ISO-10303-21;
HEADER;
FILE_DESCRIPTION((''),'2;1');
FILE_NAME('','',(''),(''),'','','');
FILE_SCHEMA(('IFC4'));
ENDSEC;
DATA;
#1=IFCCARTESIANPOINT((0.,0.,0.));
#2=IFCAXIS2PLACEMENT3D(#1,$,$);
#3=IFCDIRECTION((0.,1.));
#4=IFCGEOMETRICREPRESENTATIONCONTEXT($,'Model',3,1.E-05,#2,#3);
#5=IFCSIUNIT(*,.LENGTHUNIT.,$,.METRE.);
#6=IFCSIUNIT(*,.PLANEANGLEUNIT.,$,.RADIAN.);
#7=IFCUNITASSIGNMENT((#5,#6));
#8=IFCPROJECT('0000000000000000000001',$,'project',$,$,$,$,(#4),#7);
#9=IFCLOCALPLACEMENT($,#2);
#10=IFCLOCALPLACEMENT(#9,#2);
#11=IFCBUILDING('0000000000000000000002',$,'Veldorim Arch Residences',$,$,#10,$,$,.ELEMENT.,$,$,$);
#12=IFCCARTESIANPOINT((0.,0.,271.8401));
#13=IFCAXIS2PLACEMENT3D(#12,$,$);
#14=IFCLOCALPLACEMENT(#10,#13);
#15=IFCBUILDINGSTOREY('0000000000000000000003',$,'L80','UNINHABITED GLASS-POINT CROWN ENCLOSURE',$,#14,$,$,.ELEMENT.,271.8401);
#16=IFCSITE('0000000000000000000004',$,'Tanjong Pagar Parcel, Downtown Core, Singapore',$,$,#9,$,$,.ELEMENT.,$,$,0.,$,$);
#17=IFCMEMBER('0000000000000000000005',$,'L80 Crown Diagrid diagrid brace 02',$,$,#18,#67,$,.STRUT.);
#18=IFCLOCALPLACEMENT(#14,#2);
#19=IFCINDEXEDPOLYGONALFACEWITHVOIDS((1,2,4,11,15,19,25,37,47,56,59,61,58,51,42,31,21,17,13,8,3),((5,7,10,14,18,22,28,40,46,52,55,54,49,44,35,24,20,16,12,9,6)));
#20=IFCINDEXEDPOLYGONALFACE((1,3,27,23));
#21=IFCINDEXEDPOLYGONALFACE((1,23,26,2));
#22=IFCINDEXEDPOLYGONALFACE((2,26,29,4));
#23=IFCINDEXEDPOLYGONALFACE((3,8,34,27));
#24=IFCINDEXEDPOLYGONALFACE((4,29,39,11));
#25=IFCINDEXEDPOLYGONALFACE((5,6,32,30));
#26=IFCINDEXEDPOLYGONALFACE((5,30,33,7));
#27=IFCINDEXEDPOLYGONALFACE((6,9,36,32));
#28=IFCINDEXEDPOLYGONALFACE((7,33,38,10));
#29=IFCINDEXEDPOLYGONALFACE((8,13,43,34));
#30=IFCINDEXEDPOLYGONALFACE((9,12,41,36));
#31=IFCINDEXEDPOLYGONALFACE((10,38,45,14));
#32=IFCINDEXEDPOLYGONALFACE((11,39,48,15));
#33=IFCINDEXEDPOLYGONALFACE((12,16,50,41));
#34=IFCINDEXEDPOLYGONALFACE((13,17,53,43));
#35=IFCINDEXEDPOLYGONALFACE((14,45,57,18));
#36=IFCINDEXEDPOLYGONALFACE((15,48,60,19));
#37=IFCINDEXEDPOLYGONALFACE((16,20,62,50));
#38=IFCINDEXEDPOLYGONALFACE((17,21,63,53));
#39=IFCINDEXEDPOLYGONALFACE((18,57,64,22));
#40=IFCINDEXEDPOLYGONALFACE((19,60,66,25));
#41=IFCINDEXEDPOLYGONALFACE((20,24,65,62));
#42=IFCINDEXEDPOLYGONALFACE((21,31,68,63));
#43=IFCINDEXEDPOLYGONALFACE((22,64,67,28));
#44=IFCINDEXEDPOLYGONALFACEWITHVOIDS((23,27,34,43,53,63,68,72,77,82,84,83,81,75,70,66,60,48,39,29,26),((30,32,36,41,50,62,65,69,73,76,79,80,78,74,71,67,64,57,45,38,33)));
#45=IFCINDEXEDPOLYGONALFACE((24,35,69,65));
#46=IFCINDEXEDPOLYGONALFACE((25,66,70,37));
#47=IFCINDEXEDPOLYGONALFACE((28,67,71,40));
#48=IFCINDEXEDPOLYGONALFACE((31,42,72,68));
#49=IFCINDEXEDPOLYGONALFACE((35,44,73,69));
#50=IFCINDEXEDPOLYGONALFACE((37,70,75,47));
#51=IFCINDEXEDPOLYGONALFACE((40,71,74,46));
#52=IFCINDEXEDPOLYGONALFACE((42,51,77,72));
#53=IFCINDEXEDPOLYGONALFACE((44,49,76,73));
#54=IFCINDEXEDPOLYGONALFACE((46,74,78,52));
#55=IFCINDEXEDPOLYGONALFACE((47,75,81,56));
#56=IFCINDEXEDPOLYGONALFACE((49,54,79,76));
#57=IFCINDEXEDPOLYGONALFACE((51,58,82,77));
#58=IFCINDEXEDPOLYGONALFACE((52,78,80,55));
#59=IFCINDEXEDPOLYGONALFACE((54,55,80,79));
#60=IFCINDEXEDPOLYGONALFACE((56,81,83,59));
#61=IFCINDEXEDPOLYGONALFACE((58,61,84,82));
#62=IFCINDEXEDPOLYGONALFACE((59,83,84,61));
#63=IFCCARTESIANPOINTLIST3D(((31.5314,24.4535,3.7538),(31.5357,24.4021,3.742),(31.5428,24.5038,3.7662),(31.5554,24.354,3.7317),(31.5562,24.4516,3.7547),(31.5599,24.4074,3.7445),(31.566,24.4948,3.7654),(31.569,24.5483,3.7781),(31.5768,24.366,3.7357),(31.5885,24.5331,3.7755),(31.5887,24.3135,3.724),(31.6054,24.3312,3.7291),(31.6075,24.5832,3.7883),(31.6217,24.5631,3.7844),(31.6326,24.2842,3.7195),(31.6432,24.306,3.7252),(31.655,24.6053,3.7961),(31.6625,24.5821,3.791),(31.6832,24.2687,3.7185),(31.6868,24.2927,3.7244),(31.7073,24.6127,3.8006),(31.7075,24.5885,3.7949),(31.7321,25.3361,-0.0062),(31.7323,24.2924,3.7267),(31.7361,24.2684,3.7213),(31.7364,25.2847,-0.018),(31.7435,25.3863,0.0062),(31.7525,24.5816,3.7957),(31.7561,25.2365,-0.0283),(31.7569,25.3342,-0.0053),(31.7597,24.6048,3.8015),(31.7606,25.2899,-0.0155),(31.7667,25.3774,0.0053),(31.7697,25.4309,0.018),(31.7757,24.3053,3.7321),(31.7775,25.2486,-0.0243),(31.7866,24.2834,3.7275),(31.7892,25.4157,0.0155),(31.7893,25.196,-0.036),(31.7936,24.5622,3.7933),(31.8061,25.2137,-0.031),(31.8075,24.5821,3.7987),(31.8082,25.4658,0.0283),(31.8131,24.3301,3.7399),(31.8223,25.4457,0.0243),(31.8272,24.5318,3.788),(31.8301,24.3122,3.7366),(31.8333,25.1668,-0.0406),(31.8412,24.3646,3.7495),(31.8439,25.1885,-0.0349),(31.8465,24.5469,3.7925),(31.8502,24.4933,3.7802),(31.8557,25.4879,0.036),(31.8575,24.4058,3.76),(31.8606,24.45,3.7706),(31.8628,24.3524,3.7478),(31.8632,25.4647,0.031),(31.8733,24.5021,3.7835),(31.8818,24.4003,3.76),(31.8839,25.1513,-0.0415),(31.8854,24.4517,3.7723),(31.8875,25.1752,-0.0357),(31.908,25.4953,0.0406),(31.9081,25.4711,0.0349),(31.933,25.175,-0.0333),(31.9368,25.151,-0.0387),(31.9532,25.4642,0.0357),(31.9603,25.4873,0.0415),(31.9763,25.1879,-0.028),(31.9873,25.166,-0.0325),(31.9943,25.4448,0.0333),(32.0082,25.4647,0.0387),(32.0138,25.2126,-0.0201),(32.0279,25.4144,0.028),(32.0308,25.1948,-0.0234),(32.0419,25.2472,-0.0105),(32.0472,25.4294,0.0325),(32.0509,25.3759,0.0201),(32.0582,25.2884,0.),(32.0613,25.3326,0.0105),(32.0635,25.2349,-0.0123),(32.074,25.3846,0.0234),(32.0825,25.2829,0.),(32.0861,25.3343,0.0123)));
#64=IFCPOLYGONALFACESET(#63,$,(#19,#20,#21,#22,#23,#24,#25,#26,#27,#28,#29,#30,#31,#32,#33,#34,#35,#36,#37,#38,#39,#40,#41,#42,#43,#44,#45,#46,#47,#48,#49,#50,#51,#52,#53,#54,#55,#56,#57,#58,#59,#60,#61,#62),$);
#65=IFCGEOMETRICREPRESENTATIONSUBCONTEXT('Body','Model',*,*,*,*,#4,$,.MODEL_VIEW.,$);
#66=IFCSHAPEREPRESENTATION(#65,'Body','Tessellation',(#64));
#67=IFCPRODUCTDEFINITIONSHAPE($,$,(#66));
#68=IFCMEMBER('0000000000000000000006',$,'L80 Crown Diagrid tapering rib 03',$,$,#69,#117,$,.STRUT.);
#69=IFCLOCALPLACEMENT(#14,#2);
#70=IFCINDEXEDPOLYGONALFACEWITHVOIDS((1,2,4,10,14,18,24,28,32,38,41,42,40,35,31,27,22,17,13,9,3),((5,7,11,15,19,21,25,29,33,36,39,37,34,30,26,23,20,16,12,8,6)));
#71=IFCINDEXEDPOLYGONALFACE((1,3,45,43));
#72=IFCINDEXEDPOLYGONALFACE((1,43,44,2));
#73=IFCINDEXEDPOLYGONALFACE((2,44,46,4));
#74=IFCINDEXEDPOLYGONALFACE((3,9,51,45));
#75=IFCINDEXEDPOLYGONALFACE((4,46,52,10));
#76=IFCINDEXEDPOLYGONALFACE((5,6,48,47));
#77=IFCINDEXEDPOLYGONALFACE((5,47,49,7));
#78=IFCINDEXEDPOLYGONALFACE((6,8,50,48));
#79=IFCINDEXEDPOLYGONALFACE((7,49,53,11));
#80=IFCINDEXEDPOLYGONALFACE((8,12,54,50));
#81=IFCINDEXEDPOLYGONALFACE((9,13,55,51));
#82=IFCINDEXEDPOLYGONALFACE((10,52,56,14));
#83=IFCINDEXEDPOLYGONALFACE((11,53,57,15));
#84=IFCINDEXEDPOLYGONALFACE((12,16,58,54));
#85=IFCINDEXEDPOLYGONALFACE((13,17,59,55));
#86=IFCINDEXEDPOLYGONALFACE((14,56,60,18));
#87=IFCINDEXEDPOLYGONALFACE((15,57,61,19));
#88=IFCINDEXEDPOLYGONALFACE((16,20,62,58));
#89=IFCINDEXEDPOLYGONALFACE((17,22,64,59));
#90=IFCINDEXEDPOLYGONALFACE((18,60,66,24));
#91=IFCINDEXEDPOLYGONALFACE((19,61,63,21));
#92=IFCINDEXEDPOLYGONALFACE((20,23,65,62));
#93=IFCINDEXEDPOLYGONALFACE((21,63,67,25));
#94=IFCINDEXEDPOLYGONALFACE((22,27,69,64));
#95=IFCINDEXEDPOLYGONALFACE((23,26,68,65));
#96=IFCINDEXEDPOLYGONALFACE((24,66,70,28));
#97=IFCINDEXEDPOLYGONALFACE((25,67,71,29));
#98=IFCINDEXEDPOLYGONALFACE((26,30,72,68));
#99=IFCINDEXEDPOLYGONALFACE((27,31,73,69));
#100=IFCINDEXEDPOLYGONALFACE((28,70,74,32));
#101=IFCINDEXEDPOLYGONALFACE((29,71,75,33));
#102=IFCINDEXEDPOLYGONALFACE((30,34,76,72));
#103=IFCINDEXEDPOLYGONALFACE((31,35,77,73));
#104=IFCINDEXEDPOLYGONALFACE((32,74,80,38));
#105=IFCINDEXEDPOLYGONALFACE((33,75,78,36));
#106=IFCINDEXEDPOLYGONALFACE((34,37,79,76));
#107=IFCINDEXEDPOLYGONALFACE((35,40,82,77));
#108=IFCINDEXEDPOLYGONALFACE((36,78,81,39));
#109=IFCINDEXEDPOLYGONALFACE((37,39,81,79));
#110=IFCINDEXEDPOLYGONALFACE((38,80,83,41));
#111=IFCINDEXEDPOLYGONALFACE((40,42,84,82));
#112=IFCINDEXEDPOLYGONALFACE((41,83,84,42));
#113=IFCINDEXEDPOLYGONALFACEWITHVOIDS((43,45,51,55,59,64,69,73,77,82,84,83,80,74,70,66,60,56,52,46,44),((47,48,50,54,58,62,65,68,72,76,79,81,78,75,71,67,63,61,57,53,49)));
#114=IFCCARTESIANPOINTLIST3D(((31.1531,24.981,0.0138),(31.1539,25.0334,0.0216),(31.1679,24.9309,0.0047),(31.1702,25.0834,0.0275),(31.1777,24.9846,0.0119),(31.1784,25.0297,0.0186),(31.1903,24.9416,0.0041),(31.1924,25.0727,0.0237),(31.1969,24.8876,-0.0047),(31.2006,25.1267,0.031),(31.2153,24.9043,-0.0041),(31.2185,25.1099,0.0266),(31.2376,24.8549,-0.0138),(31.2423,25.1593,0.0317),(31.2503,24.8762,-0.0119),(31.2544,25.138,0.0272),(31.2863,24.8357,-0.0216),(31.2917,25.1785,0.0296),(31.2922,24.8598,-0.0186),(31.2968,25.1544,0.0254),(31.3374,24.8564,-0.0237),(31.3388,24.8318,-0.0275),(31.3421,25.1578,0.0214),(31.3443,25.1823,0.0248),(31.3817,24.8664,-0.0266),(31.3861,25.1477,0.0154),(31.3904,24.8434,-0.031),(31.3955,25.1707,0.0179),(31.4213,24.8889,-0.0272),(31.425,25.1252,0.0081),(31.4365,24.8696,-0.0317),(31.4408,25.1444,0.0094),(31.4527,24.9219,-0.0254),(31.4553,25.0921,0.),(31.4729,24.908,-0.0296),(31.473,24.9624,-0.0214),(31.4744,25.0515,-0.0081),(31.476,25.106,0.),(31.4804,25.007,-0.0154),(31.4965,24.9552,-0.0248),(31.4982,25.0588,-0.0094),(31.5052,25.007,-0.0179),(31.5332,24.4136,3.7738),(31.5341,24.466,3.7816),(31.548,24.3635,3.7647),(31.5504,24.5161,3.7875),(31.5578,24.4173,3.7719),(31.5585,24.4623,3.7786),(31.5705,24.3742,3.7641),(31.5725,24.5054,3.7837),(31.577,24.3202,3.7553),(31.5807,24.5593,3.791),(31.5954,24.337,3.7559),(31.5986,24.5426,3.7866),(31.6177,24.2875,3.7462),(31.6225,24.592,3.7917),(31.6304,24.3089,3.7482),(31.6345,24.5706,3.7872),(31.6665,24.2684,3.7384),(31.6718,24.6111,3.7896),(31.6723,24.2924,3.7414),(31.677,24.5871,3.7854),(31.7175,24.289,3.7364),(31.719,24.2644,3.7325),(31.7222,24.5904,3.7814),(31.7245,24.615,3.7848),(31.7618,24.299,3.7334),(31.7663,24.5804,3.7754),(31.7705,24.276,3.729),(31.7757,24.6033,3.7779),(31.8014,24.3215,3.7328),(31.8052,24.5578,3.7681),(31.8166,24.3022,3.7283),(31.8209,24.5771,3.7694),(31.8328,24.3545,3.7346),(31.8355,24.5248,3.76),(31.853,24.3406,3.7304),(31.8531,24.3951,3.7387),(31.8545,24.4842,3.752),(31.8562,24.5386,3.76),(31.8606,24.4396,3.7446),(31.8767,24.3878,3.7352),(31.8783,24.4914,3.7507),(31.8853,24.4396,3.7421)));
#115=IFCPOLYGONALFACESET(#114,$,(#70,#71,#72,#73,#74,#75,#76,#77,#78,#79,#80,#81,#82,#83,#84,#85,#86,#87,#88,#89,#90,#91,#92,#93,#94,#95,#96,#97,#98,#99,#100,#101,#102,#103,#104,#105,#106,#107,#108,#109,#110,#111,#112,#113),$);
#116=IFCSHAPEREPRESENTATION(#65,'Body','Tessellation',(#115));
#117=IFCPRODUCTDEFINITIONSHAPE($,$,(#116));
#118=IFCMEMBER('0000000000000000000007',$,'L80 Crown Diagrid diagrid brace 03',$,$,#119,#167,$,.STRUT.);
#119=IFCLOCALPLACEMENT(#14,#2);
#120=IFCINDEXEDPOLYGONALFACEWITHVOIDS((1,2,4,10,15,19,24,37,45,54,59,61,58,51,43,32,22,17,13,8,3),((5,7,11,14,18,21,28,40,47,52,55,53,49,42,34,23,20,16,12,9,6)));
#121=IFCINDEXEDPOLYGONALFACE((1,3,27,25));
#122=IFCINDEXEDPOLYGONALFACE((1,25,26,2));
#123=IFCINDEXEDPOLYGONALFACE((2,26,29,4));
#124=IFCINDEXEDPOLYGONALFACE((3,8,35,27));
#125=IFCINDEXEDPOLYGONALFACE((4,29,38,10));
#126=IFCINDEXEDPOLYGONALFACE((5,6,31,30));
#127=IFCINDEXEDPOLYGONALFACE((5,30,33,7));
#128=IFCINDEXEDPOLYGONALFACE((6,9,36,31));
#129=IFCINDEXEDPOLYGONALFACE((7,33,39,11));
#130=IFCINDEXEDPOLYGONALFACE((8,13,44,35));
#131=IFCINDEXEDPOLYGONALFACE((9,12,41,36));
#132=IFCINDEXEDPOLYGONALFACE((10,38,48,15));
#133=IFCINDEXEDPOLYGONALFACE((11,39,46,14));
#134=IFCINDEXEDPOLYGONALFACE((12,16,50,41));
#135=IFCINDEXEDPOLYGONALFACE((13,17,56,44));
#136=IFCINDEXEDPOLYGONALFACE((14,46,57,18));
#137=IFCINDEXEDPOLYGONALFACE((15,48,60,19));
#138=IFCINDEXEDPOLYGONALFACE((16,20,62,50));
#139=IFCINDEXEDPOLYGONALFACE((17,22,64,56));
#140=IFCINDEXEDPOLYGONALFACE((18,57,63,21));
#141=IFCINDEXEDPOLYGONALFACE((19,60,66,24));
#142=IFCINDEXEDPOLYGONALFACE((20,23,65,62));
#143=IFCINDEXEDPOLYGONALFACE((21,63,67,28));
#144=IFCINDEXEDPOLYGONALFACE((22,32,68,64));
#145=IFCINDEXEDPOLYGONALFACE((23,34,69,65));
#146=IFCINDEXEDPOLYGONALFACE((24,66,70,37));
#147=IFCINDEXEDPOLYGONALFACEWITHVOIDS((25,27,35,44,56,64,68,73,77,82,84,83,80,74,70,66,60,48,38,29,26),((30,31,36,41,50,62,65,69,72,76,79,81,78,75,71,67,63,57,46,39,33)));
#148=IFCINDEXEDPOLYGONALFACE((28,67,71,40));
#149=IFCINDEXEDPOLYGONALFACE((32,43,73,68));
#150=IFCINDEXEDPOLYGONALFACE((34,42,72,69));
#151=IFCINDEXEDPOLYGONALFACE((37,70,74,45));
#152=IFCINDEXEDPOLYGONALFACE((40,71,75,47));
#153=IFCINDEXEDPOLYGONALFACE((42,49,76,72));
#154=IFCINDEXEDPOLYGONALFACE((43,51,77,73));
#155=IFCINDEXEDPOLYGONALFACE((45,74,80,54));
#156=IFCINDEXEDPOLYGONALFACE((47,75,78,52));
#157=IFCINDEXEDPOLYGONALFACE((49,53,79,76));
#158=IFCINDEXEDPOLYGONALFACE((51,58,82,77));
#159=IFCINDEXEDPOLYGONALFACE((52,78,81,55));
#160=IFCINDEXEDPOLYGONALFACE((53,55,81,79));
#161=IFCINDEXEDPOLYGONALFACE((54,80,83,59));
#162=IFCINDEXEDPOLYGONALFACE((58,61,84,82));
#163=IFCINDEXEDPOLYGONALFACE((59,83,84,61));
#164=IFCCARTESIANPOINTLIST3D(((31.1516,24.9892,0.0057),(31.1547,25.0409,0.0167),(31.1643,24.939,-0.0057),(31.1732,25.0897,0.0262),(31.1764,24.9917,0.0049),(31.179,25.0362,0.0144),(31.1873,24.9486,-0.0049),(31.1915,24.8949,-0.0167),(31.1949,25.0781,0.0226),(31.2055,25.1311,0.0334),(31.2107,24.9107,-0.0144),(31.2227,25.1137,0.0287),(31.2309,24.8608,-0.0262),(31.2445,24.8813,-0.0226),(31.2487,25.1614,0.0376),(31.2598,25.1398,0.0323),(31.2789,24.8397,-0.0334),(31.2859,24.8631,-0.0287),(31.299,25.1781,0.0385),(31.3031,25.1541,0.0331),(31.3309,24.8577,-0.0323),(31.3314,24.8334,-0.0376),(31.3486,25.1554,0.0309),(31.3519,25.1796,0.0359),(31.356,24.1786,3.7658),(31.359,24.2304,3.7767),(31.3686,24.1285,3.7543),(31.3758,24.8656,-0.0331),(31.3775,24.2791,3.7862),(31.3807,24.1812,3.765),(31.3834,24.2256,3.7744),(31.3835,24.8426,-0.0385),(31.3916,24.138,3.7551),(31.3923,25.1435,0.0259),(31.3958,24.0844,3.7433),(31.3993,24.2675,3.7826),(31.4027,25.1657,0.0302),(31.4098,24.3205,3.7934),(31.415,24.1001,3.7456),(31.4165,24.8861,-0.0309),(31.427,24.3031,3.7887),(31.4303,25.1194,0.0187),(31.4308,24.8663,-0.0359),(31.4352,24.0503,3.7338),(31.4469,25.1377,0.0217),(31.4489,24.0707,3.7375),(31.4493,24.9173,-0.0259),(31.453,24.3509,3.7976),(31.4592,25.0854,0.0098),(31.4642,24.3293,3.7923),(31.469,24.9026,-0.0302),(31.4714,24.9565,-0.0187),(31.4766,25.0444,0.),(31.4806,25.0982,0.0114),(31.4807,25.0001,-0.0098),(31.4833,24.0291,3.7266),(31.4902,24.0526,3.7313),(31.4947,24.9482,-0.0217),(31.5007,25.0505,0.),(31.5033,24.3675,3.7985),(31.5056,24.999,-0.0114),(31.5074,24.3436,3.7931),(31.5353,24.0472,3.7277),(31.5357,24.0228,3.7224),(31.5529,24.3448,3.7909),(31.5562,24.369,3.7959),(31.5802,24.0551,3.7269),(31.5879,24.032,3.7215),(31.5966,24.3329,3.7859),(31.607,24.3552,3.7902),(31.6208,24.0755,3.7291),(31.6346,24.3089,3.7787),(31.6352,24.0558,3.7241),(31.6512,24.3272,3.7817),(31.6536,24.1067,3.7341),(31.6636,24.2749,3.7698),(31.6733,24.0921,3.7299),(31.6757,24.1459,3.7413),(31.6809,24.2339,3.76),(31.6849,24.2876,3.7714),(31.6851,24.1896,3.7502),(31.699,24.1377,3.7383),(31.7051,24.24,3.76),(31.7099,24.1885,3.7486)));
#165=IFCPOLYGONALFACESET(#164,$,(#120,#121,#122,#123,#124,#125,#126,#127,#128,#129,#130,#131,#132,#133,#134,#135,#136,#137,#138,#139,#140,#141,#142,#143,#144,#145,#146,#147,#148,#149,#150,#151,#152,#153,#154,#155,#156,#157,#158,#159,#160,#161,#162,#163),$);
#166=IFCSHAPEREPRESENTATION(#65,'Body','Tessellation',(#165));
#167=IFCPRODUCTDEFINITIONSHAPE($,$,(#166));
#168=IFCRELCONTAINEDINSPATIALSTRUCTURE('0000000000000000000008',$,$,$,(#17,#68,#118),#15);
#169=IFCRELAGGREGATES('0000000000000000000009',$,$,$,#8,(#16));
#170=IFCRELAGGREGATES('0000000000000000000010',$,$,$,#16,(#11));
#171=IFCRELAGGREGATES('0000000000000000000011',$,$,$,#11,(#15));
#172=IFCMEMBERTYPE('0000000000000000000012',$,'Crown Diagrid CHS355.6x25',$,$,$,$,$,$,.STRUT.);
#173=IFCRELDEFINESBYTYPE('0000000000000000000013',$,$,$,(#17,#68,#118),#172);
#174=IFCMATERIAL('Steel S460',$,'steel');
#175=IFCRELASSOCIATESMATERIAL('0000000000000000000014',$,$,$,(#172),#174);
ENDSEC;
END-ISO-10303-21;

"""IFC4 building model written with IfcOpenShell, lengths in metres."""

from ifc_helpers import new_model, si_unit, direction, frame, origin, origin_2d, place, context, subcontext, project, spatial, hollow_circle, extrude, material, material_profile, profile_set, type_object, element, save


model = new_model("IFC4")

# Units and contexts
model_context = context("Model", 3, precision=1e-05, world=origin(), true_north=direction((0.0, 1.0)))
body_context = subcontext(model_context, "Body", "Model", "MODEL_VIEW")
ifc_project = project(units=[si_unit("LENGTHUNIT", "METRE"), si_unit("PLANEANGLEUNIT", "RADIAN")], contexts=[model_context])

# Site, building, storey
site_placement = place(None, origin())
site = spatial("IfcSite", under=ifc_project, at=site_placement, Name="Tanjong Pagar Parcel, Downtown Core, Singapore", CompositionType="ELEMENT", RefElevation=0.0)
building_placement = place(site_placement, origin())
building = spatial("IfcBuilding", under=site, at=building_placement, Name="Veldorim Arch Residences", CompositionType="ELEMENT")
storey_placement = place(building_placement, frame((0.0, 0.0, 271.8401)))
storey = spatial("IfcBuildingStorey", under=building, at=storey_placement, Name="L80", Description="UNINHABITED GLASS-POINT CROWN ENCLOSURE", CompositionType="ELEMENT", Elevation=271.8401)

# Members
ifc_material_1 = material(Name="Steel S460", Category="steel")
ifc_material_profile = material_profile(ifc_material_1, hollow_circle(Radius=0.1777, WallThickness=0.0249, at=origin_2d()), Name="CHS355.6x25")
ifc_profile_set = profile_set([ifc_material_profile], Name="Steel S460")
member_type = type_object("IfcMemberType", Name="Crown Diagrid CHS355.6x25", PredefinedType="STRUT", material=ifc_profile_set)
member_1_placement = place(storey_placement, frame((31.9092, 25.3223, 0.0), z_axis=(-0.051891, -0.228206, 0.972229), x_axis=(0.975109, -0.221726, 0.0)))
element("IfcMember", 1, at=member_1_placement, inside=storey, type_object=member_type, Name="L80 Crown Diagrid diagrid brace 02", PredefinedType="STRUT", context=body_context, shape_type="SweptSolid", body=[
    extrude(hollow_circle(Radius=0.1777, WallThickness=0.0249, at=origin_2d()), origin(), (0.0, 0.0, 1.0), 3.8674),
])
member_2_placement = place(storey_placement, frame((31.3284, 25.0071, 0.0), z_axis=(0.09947, -0.14847, 0.983902), x_axis=(0.830783, 0.556596, 0.0)))
element("IfcMember", 2, at=member_2_placement, inside=storey, type_object=member_type, Name="L80 Crown Diagrid tapering rib 03", PredefinedType="STRUT", context=body_context, shape_type="SweptSolid", body=[
    extrude(hollow_circle(Radius=0.1777, WallThickness=0.0249, at=origin_2d()), origin(), (0.0, 0.0, 1.0), 3.8215),
])
member_3_placement = place(storey_placement, frame((31.3284, 25.0071, 0.0), z_axis=(0.053052, -0.210433, 0.976168), x_axis=(0.96966, 0.244459, 0.0)))
element("IfcMember", 3, at=member_3_placement, inside=storey, type_object=member_type, Name="L80 Crown Diagrid diagrid brace 03", PredefinedType="STRUT", context=body_context, shape_type="SweptSolid", body=[
    extrude(hollow_circle(Radius=0.1777, WallThickness=0.0249, at=origin_2d()), origin(), (0.0, 0.0, 1.0), 3.8518),
])

save(model, "model.ifc")
